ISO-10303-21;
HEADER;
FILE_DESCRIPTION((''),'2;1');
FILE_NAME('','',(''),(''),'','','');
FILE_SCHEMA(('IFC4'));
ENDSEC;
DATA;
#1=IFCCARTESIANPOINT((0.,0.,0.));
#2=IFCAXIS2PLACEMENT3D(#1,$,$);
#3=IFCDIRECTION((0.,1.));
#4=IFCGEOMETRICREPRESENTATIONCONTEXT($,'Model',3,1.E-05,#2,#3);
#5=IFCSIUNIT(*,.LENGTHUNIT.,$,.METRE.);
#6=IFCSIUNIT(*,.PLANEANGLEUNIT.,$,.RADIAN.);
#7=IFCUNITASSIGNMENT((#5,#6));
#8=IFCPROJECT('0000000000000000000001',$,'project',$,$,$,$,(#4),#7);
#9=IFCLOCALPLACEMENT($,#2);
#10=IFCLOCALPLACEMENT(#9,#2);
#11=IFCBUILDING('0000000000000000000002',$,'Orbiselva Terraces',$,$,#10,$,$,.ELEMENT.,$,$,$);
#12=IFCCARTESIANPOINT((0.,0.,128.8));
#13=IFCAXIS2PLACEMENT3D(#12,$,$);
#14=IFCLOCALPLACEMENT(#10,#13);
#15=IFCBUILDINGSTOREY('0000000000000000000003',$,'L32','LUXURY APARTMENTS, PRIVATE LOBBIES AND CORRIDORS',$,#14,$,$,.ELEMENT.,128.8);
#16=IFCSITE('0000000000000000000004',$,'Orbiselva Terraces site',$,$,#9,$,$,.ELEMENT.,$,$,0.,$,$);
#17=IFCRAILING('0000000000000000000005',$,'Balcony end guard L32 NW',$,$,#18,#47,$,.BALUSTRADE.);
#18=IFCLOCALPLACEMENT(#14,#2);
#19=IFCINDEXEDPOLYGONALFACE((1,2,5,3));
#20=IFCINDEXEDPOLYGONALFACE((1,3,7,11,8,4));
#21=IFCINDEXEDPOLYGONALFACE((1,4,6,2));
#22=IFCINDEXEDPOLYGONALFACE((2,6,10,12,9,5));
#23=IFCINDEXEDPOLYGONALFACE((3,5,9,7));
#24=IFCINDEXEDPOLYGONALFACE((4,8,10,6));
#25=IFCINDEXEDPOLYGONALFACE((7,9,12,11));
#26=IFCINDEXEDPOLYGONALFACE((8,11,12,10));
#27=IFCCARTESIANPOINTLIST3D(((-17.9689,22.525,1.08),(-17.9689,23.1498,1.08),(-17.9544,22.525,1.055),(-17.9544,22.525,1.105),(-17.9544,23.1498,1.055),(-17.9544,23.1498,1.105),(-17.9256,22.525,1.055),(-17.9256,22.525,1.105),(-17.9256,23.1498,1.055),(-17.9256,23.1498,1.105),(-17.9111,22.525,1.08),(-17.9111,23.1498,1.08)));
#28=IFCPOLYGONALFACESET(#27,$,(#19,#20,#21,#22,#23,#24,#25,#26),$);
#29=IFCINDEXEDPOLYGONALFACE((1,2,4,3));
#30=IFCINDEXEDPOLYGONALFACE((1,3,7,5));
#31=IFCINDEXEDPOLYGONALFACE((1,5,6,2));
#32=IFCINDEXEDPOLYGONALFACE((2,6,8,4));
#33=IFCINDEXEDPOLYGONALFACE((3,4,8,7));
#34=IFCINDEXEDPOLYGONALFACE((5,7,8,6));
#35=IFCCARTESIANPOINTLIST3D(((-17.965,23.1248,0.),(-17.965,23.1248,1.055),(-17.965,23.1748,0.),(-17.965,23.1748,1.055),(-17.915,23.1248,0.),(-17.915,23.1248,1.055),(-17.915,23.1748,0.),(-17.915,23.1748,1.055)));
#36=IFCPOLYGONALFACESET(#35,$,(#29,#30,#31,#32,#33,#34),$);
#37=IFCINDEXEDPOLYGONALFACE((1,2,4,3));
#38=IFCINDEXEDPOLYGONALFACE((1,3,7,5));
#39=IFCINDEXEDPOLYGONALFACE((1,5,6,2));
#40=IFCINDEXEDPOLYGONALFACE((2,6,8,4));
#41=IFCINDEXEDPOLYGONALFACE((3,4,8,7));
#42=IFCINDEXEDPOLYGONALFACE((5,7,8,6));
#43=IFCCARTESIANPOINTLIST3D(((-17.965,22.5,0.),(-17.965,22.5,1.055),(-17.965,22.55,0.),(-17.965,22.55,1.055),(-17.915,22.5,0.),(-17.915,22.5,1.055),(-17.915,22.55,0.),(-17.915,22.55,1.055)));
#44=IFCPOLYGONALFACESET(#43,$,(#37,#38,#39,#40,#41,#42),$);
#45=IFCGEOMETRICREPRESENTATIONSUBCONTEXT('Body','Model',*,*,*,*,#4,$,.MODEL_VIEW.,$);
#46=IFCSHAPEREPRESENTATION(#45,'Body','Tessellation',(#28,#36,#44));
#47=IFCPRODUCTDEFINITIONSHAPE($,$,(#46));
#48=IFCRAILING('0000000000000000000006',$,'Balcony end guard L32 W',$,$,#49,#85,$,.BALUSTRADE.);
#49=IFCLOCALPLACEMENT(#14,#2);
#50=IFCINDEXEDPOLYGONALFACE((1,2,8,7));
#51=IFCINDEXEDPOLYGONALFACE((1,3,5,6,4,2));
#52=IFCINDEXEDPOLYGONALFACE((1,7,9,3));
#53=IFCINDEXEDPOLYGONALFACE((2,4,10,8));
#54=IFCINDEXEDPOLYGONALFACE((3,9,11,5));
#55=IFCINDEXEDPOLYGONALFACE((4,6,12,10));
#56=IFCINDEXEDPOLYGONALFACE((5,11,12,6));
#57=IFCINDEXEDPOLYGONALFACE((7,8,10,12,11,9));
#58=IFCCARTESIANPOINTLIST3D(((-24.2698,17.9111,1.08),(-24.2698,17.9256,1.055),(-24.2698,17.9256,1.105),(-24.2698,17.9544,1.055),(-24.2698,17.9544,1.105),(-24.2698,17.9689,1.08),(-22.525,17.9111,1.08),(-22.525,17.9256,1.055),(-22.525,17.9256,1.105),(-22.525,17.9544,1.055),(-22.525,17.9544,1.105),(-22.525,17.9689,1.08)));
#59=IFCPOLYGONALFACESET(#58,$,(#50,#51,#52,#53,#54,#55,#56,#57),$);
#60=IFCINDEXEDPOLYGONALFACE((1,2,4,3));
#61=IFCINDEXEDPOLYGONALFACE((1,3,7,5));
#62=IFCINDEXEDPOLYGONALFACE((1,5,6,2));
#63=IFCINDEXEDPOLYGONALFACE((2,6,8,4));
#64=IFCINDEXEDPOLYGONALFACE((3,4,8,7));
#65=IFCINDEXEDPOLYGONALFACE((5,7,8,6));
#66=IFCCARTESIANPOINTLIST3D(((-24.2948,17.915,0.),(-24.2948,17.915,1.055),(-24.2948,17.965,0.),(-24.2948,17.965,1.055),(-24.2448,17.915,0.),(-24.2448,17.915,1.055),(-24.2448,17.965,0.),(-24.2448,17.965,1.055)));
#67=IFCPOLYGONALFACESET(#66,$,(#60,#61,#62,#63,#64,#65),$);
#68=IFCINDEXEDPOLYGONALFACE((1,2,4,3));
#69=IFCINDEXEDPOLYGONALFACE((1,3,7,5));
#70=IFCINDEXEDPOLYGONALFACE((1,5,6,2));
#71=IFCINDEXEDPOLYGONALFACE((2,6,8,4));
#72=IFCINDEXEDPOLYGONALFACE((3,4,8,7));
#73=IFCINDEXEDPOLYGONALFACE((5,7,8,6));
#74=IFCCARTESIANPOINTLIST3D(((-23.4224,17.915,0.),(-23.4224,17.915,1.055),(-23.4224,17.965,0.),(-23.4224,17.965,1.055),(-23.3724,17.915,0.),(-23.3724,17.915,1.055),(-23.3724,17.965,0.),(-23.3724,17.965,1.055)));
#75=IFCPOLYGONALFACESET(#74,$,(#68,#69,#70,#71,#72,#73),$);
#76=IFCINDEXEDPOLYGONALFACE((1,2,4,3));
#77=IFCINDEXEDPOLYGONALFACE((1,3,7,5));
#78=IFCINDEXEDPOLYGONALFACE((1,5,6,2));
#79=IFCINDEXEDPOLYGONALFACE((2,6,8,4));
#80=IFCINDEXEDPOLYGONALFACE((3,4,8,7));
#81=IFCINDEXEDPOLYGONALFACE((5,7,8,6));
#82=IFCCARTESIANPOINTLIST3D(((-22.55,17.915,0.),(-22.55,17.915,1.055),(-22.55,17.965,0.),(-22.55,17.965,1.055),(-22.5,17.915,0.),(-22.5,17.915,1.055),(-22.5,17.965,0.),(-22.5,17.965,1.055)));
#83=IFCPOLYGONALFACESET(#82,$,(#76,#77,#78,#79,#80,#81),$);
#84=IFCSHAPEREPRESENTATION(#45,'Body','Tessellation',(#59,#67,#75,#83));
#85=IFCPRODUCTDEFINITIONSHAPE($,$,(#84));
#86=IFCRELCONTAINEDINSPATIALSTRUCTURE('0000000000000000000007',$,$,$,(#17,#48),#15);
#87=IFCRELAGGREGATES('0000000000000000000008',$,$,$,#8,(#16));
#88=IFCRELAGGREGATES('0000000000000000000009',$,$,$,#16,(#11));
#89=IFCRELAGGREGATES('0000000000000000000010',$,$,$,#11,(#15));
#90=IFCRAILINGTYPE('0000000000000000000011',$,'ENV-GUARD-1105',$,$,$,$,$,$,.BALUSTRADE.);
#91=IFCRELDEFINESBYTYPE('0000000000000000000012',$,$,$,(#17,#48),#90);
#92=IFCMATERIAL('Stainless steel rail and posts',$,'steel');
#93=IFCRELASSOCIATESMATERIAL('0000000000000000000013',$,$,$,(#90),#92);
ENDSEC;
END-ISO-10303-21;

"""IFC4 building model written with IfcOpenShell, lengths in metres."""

from ifc_helpers import new_model, si_unit, direction, frame, origin, origin_2d, place, context, subcontext, project, spatial, polyline, rectangle, outline, extrude, material, type_object, element, save


model = new_model("IFC4")

# Units and contexts
model_context = context("Model", 3, precision=1e-05, world=origin(), true_north=direction((0.0, 1.0)))
body_context = subcontext(model_context, "Body", "Model", "MODEL_VIEW")
ifc_project = project(units=[si_unit("LENGTHUNIT", "METRE"), si_unit("PLANEANGLEUNIT", "RADIAN")], contexts=[model_context])

# Site, building, storey
site_placement = place(None, origin())
site = spatial("IfcSite", under=ifc_project, at=site_placement, Name="Orbiselva Terraces site", CompositionType="ELEMENT", RefElevation=0.0)
building_placement = place(site_placement, origin())
building = spatial("IfcBuilding", under=site, at=building_placement, Name="Orbiselva Terraces", CompositionType="ELEMENT")
storey_placement = place(building_placement, frame((0.0, 0.0, 128.8)))
storey = spatial("IfcBuildingStorey", under=building, at=storey_placement, Name="L32", Description="LUXURY APARTMENTS, PRIVATE LOBBIES AND CORRIDORS", CompositionType="ELEMENT", Elevation=128.8)

# Railings
ifc_material_1 = material(Name="Stainless steel rail and posts", Category="steel")
railing_type_1 = type_object("IfcRailingType", Name="ENV-GUARD-1105", PredefinedType="BALUSTRADE", material=ifc_material_1)
railing_1_placement = place(storey_placement, frame((-17.94, 23.1498, 0.0)))
element("IfcRailing", 1, at=railing_1_placement, inside=storey, type_object=railing_type_1, Name="Balcony end guard L32 NW", PredefinedType="BALUSTRADE", context=body_context, shape_type="SweptSolid", body=[
    extrude(outline(polyline([(0.0289, 0.0), (0.0144, 0.025), (-0.0144, 0.025), (-0.0289, 0.0), (-0.0144, -0.025), (0.0144, -0.025), (0.0289, 0.0)])), frame((0.0, 0.0, 1.08), z_axis=(0.0, -1.0, 0.0), x_axis=(1.0, 0.0, 0.0)), (0.0, 0.0, 1.0), 0.6248),
    extrude(rectangle(XDim=0.05, YDim=0.05, at=origin_2d()), origin(), (0.0, 0.0, 1.0), 1.055),
    extrude(rectangle(XDim=0.05, YDim=0.05, at=origin_2d()), frame((0.0, -0.6248, 0.0)), (0.0, 0.0, 1.0), 1.055),
])
railing_2_placement = place(storey_placement, frame((-24.2698, 17.94, 0.0)))
element("IfcRailing", 2, at=railing_2_placement, inside=storey, type_object=railing_type_1, Name="Balcony end guard L32 W", PredefinedType="BALUSTRADE", context=body_context, shape_type="SweptSolid", body=[
    extrude(outline(polyline([(0.0289, 0.0), (0.0144, 0.025), (-0.0144, 0.025), (-0.0289, 0.0), (-0.0144, -0.025), (0.0144, -0.025), (0.0289, 0.0)])), frame((0.0, 0.0, 1.08), z_axis=(1.0, 0.0, 0.0), x_axis=(0.0, 1.0, 0.0)), (0.0, 0.0, 1.0), 1.7448),
    extrude(rectangle(XDim=0.05, YDim=0.05, at=origin_2d()), origin(), (0.0, 0.0, 1.0), 1.055),
    extrude(rectangle(XDim=0.05, YDim=0.05, at=origin_2d()), frame((0.8724, 0.0, 0.0)), (0.0, 0.0, 1.0), 1.055),
    extrude(rectangle(XDim=0.05, YDim=0.05, at=origin_2d()), frame((1.7448, 0.0, 0.0)), (0.0, 0.0, 1.0), 1.055),
])

save(model, "model.ifc")
